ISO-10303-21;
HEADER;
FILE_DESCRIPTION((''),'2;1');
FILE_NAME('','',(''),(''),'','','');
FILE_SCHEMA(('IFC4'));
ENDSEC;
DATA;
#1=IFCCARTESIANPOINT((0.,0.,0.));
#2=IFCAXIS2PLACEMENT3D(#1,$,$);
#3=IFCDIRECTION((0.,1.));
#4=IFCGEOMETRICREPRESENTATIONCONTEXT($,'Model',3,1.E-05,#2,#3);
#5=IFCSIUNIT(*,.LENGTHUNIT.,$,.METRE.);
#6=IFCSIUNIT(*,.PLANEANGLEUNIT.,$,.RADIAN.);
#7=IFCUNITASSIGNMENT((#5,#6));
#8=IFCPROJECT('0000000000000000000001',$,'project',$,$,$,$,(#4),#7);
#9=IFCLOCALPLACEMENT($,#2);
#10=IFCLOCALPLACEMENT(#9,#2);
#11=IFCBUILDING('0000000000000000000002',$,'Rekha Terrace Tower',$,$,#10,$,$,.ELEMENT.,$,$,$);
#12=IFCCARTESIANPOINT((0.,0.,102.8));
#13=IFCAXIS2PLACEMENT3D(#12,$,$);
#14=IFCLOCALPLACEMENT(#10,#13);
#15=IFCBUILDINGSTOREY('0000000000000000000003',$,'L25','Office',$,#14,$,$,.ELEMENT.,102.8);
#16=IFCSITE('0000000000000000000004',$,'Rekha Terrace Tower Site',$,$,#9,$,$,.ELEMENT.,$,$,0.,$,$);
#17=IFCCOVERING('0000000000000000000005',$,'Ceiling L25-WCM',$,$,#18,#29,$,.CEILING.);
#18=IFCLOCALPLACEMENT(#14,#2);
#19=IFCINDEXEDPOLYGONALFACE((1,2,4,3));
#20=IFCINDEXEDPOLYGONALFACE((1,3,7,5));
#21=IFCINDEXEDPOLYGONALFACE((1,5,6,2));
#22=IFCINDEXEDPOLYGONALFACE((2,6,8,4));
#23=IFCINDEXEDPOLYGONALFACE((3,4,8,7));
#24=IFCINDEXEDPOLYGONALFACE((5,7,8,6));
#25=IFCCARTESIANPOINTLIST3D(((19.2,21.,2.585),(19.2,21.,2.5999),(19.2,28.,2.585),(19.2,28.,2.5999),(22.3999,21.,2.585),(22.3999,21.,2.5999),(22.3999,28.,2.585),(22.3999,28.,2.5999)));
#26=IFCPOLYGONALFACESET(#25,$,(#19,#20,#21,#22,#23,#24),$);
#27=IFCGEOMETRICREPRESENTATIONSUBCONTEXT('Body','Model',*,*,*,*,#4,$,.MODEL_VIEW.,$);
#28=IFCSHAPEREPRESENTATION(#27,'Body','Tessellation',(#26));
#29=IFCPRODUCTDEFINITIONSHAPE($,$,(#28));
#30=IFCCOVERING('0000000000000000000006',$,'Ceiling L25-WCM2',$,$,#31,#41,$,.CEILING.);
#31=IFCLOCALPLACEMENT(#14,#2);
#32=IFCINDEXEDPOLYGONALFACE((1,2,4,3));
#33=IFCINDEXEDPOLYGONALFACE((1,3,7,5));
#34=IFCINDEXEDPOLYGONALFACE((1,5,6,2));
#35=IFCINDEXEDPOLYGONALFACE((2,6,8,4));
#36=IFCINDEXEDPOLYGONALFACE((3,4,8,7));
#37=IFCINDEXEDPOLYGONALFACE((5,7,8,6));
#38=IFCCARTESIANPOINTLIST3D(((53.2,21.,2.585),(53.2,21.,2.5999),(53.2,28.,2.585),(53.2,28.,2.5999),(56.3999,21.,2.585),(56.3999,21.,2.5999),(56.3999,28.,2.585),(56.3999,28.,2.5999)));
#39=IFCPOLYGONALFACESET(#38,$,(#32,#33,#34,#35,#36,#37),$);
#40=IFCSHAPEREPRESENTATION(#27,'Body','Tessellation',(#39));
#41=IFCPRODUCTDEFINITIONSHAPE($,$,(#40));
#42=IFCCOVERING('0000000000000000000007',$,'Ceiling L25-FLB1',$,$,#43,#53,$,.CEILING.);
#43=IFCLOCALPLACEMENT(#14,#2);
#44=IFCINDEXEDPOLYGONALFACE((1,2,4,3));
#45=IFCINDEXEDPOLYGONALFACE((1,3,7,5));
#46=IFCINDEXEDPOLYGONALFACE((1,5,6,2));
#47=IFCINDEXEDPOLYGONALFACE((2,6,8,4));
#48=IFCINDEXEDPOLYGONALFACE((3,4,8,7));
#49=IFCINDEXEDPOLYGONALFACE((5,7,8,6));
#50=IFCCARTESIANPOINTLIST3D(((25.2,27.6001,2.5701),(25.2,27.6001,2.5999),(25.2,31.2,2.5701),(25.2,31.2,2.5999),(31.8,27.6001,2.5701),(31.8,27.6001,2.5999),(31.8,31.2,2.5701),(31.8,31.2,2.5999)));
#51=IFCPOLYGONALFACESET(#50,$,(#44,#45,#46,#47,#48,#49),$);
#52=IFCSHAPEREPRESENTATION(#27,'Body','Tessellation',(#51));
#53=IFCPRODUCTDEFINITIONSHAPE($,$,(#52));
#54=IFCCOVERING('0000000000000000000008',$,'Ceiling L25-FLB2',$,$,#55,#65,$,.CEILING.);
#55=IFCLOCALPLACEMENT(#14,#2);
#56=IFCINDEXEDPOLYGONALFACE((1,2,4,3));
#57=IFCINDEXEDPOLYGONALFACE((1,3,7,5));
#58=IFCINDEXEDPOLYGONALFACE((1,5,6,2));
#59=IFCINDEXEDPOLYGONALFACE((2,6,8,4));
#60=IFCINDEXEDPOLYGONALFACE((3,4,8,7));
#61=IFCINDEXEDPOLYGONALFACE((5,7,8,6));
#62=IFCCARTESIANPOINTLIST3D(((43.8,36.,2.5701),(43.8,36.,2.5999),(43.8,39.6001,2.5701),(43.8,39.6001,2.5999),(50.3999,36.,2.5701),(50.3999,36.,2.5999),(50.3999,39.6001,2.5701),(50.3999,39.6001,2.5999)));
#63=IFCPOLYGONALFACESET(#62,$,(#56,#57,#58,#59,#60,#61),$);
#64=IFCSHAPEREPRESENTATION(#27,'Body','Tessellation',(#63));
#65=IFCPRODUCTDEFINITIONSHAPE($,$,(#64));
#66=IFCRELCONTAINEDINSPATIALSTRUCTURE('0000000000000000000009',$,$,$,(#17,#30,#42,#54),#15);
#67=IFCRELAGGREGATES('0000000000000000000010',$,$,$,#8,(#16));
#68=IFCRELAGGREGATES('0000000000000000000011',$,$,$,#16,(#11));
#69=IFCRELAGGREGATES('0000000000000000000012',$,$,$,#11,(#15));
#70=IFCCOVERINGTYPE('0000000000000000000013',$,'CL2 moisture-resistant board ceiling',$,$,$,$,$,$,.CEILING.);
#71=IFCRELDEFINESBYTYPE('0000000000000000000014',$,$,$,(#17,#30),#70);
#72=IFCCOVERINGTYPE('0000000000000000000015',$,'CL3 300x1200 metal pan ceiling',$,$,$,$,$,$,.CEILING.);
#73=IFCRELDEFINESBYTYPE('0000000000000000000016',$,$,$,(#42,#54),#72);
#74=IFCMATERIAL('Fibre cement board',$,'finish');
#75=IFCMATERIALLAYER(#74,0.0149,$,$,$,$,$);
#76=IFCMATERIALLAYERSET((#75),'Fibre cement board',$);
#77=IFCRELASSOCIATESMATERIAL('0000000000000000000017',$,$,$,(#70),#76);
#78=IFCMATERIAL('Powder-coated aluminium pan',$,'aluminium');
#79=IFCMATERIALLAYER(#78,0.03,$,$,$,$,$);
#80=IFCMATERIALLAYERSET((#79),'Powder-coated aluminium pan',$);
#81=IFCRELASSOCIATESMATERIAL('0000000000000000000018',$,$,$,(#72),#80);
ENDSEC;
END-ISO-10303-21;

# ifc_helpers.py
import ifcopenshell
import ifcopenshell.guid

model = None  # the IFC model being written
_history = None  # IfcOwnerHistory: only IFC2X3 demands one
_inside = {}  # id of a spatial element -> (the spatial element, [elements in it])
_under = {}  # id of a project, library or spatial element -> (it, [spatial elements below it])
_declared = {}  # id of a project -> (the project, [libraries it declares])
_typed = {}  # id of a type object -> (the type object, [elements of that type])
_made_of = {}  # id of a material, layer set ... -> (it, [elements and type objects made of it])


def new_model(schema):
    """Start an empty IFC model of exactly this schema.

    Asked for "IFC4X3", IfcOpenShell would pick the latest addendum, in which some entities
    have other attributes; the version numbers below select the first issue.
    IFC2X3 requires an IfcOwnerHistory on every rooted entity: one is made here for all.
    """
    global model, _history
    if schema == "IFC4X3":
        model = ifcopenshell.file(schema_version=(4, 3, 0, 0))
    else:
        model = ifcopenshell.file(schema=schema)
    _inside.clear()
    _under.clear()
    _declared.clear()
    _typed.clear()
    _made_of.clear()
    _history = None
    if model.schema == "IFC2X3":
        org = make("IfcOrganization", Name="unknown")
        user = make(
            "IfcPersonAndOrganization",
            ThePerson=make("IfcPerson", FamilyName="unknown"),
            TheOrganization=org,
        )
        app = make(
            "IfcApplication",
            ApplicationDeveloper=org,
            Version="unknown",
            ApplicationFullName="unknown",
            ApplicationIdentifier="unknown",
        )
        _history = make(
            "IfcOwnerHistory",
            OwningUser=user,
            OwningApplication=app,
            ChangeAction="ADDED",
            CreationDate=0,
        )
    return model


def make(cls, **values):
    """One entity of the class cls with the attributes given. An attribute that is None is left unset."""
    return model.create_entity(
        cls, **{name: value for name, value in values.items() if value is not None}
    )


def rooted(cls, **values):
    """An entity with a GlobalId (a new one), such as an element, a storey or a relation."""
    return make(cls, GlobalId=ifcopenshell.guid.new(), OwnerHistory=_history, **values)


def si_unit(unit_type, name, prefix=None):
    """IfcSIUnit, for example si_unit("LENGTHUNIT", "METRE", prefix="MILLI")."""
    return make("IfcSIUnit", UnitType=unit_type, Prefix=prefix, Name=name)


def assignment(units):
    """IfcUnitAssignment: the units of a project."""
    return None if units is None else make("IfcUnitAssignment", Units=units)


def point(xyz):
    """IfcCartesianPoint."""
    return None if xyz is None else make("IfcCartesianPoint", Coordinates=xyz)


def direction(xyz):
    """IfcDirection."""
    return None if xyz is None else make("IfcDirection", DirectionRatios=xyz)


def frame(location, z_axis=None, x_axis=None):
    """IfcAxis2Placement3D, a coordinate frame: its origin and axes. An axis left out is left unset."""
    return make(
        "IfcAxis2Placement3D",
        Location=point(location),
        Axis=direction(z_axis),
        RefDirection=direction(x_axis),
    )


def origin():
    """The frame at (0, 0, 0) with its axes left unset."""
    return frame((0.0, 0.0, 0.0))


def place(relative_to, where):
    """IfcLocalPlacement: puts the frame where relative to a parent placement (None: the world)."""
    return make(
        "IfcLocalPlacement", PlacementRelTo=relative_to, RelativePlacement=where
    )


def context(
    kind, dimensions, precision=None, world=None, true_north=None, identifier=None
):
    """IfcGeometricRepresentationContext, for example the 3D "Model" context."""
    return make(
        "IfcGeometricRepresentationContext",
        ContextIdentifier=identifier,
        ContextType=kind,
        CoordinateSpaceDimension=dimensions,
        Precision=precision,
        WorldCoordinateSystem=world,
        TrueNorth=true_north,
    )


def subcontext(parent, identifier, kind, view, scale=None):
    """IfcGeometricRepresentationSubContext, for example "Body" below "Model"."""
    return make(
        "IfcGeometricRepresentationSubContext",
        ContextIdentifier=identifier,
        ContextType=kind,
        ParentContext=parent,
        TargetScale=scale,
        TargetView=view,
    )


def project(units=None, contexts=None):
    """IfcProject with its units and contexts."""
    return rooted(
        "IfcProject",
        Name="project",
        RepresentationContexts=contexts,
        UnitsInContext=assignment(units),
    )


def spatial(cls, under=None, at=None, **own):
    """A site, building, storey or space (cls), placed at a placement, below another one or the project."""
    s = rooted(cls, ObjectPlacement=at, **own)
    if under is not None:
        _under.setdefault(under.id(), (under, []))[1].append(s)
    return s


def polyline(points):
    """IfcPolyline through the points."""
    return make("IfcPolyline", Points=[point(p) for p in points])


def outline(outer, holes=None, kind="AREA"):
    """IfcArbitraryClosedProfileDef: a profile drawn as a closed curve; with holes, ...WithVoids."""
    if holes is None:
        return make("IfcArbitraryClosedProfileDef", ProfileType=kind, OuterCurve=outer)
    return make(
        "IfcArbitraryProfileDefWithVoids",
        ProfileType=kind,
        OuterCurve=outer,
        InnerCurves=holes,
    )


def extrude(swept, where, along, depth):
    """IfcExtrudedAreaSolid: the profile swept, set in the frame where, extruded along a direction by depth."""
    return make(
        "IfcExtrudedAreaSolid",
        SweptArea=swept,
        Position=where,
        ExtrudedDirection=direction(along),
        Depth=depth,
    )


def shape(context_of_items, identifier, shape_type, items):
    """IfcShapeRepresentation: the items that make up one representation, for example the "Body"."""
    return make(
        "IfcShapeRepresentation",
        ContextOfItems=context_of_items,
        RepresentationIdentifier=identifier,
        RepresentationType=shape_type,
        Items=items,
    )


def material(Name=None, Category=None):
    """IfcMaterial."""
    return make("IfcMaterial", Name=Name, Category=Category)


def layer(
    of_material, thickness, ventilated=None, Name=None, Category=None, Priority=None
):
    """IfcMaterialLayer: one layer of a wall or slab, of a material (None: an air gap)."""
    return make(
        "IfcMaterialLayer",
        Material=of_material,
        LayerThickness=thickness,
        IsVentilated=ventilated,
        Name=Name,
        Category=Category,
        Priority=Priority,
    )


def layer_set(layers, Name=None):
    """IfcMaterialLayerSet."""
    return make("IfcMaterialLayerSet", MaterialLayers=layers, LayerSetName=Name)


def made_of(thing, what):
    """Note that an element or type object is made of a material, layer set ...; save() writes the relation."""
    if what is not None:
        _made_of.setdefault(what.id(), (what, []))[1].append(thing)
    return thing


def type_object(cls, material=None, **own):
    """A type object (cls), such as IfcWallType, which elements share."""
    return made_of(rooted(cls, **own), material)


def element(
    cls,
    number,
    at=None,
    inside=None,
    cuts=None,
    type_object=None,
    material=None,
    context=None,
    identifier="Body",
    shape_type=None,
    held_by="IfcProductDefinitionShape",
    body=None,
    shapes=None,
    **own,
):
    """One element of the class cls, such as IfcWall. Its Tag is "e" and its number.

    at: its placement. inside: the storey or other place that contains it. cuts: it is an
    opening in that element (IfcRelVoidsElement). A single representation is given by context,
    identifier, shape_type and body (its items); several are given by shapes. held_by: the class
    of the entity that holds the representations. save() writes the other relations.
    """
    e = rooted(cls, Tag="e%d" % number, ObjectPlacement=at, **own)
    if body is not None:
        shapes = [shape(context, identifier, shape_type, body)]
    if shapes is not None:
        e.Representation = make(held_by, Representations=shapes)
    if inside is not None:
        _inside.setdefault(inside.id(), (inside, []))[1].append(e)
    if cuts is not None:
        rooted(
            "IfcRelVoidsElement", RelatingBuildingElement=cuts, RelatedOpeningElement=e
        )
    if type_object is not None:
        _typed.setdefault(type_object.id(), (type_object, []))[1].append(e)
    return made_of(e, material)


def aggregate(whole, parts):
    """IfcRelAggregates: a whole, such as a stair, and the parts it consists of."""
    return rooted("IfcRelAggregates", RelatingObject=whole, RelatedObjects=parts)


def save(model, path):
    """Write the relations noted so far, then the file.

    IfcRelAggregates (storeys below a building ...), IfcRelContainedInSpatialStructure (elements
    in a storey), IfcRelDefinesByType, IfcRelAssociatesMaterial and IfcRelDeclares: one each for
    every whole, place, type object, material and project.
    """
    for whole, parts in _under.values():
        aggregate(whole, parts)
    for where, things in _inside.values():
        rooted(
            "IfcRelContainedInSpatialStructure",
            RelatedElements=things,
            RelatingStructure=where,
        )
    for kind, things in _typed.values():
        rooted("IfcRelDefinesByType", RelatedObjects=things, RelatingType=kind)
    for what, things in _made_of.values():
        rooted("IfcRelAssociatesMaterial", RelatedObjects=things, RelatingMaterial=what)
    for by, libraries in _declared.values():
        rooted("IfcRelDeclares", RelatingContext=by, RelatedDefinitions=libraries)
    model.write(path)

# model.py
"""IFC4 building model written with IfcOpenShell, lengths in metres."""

from ifc_helpers import new_model, si_unit, direction, frame, origin, place, context, subcontext, project, spatial, polyline, outline, extrude, material, layer, layer_set, type_object, element, save


model = new_model("IFC4")

# Units and contexts
model_context = context("Model", 3, precision=1e-05, world=origin(), true_north=direction((0.0, 1.0)))
body_context = subcontext(model_context, "Body", "Model", "MODEL_VIEW")
ifc_project = project(units=[si_unit("LENGTHUNIT", "METRE"), si_unit("PLANEANGLEUNIT", "RADIAN")], contexts=[model_context])

# Site, building, storey
site_placement = place(None, origin())
site = spatial("IfcSite", under=ifc_project, at=site_placement, Name="Rekha Terrace Tower Site", CompositionType="ELEMENT", RefElevation=0.0)
building_placement = place(site_placement, origin())
building = spatial("IfcBuilding", under=site, at=building_placement, Name="Rekha Terrace Tower", CompositionType="ELEMENT")
storey_placement = place(building_placement, frame((0.0, 0.0, 102.8)))
storey = spatial("IfcBuildingStorey", under=building, at=storey_placement, Name="L25", Description="Office", CompositionType="ELEMENT", Elevation=102.8)

# Coverings
ifc_material_1 = material(Name="Fibre cement board", Category="finish")
ifc_layer_1 = layer(ifc_material_1, 0.0149)
ifc_layer_set_1 = layer_set([ifc_layer_1], Name="Fibre cement board")
covering_type_1 = type_object("IfcCoveringType", Name="CL2 moisture-resistant board ceiling", PredefinedType="CEILING", material=ifc_layer_set_1)
covering_1_placement = place(storey_placement, frame((0.0, 0.0, 2.585)))
element("IfcCovering", 1, at=covering_1_placement, inside=storey, type_object=covering_type_1, Name="Ceiling L25-WCM", PredefinedType="CEILING", context=body_context, shape_type="SweptSolid", body=[
    extrude(outline(polyline([(22.3999, 28.0), (19.2, 28.0), (19.2, 21.0), (22.3999, 21.0), (22.3999, 28.0)])), origin(), (0.0, 0.0, 1.0), 0.0149),
])
covering_2_placement = place(storey_placement, frame((0.0, 0.0, 2.585)))
element("IfcCovering", 2, at=covering_2_placement, inside=storey, type_object=covering_type_1, Name="Ceiling L25-WCM2", PredefinedType="CEILING", context=body_context, shape_type="SweptSolid", body=[
    extrude(outline(polyline([(56.3999, 28.0), (53.2, 28.0), (53.2, 21.0), (56.3999, 21.0), (56.3999, 28.0)])), origin(), (0.0, 0.0, 1.0), 0.0149),
])
ifc_material_2 = material(Name="Powder-coated aluminium pan", Category="aluminium")
ifc_layer_2 = layer(ifc_material_2, 0.03)
ifc_layer_set_2 = layer_set([ifc_layer_2], Name="Powder-coated aluminium pan")
covering_type_2 = type_object("IfcCoveringType", Name="CL3 300x1200 metal pan ceiling", PredefinedType="CEILING", material=ifc_layer_set_2)
covering_3_placement = place(storey_placement, frame((0.0, 0.0, 2.5701)))
element("IfcCovering", 3, at=covering_3_placement, inside=storey, type_object=covering_type_2, Name="Ceiling L25-FLB1", PredefinedType="CEILING", context=body_context, shape_type="SweptSolid", body=[
    extrude(outline(polyline([(31.8, 31.2), (25.2, 31.2), (25.2, 27.6001), (31.8, 27.6001), (31.8, 31.2)])), origin(), (0.0, 0.0, 1.0), 0.0298),
])
covering_4_placement = place(storey_placement, frame((0.0, 0.0, 2.5701)))
element("IfcCovering", 4, at=covering_4_placement, inside=storey, type_object=covering_type_2, Name="Ceiling L25-FLB2", PredefinedType="CEILING", context=body_context, shape_type="SweptSolid", body=[
    extrude(outline(polyline([(50.3999, 39.6001), (43.8, 39.6001), (43.8, 36.0), (50.3999, 36.0), (50.3999, 39.6001)])), origin(), (0.0, 0.0, 1.0), 0.0298),
])

save(model, "model.ifc")
